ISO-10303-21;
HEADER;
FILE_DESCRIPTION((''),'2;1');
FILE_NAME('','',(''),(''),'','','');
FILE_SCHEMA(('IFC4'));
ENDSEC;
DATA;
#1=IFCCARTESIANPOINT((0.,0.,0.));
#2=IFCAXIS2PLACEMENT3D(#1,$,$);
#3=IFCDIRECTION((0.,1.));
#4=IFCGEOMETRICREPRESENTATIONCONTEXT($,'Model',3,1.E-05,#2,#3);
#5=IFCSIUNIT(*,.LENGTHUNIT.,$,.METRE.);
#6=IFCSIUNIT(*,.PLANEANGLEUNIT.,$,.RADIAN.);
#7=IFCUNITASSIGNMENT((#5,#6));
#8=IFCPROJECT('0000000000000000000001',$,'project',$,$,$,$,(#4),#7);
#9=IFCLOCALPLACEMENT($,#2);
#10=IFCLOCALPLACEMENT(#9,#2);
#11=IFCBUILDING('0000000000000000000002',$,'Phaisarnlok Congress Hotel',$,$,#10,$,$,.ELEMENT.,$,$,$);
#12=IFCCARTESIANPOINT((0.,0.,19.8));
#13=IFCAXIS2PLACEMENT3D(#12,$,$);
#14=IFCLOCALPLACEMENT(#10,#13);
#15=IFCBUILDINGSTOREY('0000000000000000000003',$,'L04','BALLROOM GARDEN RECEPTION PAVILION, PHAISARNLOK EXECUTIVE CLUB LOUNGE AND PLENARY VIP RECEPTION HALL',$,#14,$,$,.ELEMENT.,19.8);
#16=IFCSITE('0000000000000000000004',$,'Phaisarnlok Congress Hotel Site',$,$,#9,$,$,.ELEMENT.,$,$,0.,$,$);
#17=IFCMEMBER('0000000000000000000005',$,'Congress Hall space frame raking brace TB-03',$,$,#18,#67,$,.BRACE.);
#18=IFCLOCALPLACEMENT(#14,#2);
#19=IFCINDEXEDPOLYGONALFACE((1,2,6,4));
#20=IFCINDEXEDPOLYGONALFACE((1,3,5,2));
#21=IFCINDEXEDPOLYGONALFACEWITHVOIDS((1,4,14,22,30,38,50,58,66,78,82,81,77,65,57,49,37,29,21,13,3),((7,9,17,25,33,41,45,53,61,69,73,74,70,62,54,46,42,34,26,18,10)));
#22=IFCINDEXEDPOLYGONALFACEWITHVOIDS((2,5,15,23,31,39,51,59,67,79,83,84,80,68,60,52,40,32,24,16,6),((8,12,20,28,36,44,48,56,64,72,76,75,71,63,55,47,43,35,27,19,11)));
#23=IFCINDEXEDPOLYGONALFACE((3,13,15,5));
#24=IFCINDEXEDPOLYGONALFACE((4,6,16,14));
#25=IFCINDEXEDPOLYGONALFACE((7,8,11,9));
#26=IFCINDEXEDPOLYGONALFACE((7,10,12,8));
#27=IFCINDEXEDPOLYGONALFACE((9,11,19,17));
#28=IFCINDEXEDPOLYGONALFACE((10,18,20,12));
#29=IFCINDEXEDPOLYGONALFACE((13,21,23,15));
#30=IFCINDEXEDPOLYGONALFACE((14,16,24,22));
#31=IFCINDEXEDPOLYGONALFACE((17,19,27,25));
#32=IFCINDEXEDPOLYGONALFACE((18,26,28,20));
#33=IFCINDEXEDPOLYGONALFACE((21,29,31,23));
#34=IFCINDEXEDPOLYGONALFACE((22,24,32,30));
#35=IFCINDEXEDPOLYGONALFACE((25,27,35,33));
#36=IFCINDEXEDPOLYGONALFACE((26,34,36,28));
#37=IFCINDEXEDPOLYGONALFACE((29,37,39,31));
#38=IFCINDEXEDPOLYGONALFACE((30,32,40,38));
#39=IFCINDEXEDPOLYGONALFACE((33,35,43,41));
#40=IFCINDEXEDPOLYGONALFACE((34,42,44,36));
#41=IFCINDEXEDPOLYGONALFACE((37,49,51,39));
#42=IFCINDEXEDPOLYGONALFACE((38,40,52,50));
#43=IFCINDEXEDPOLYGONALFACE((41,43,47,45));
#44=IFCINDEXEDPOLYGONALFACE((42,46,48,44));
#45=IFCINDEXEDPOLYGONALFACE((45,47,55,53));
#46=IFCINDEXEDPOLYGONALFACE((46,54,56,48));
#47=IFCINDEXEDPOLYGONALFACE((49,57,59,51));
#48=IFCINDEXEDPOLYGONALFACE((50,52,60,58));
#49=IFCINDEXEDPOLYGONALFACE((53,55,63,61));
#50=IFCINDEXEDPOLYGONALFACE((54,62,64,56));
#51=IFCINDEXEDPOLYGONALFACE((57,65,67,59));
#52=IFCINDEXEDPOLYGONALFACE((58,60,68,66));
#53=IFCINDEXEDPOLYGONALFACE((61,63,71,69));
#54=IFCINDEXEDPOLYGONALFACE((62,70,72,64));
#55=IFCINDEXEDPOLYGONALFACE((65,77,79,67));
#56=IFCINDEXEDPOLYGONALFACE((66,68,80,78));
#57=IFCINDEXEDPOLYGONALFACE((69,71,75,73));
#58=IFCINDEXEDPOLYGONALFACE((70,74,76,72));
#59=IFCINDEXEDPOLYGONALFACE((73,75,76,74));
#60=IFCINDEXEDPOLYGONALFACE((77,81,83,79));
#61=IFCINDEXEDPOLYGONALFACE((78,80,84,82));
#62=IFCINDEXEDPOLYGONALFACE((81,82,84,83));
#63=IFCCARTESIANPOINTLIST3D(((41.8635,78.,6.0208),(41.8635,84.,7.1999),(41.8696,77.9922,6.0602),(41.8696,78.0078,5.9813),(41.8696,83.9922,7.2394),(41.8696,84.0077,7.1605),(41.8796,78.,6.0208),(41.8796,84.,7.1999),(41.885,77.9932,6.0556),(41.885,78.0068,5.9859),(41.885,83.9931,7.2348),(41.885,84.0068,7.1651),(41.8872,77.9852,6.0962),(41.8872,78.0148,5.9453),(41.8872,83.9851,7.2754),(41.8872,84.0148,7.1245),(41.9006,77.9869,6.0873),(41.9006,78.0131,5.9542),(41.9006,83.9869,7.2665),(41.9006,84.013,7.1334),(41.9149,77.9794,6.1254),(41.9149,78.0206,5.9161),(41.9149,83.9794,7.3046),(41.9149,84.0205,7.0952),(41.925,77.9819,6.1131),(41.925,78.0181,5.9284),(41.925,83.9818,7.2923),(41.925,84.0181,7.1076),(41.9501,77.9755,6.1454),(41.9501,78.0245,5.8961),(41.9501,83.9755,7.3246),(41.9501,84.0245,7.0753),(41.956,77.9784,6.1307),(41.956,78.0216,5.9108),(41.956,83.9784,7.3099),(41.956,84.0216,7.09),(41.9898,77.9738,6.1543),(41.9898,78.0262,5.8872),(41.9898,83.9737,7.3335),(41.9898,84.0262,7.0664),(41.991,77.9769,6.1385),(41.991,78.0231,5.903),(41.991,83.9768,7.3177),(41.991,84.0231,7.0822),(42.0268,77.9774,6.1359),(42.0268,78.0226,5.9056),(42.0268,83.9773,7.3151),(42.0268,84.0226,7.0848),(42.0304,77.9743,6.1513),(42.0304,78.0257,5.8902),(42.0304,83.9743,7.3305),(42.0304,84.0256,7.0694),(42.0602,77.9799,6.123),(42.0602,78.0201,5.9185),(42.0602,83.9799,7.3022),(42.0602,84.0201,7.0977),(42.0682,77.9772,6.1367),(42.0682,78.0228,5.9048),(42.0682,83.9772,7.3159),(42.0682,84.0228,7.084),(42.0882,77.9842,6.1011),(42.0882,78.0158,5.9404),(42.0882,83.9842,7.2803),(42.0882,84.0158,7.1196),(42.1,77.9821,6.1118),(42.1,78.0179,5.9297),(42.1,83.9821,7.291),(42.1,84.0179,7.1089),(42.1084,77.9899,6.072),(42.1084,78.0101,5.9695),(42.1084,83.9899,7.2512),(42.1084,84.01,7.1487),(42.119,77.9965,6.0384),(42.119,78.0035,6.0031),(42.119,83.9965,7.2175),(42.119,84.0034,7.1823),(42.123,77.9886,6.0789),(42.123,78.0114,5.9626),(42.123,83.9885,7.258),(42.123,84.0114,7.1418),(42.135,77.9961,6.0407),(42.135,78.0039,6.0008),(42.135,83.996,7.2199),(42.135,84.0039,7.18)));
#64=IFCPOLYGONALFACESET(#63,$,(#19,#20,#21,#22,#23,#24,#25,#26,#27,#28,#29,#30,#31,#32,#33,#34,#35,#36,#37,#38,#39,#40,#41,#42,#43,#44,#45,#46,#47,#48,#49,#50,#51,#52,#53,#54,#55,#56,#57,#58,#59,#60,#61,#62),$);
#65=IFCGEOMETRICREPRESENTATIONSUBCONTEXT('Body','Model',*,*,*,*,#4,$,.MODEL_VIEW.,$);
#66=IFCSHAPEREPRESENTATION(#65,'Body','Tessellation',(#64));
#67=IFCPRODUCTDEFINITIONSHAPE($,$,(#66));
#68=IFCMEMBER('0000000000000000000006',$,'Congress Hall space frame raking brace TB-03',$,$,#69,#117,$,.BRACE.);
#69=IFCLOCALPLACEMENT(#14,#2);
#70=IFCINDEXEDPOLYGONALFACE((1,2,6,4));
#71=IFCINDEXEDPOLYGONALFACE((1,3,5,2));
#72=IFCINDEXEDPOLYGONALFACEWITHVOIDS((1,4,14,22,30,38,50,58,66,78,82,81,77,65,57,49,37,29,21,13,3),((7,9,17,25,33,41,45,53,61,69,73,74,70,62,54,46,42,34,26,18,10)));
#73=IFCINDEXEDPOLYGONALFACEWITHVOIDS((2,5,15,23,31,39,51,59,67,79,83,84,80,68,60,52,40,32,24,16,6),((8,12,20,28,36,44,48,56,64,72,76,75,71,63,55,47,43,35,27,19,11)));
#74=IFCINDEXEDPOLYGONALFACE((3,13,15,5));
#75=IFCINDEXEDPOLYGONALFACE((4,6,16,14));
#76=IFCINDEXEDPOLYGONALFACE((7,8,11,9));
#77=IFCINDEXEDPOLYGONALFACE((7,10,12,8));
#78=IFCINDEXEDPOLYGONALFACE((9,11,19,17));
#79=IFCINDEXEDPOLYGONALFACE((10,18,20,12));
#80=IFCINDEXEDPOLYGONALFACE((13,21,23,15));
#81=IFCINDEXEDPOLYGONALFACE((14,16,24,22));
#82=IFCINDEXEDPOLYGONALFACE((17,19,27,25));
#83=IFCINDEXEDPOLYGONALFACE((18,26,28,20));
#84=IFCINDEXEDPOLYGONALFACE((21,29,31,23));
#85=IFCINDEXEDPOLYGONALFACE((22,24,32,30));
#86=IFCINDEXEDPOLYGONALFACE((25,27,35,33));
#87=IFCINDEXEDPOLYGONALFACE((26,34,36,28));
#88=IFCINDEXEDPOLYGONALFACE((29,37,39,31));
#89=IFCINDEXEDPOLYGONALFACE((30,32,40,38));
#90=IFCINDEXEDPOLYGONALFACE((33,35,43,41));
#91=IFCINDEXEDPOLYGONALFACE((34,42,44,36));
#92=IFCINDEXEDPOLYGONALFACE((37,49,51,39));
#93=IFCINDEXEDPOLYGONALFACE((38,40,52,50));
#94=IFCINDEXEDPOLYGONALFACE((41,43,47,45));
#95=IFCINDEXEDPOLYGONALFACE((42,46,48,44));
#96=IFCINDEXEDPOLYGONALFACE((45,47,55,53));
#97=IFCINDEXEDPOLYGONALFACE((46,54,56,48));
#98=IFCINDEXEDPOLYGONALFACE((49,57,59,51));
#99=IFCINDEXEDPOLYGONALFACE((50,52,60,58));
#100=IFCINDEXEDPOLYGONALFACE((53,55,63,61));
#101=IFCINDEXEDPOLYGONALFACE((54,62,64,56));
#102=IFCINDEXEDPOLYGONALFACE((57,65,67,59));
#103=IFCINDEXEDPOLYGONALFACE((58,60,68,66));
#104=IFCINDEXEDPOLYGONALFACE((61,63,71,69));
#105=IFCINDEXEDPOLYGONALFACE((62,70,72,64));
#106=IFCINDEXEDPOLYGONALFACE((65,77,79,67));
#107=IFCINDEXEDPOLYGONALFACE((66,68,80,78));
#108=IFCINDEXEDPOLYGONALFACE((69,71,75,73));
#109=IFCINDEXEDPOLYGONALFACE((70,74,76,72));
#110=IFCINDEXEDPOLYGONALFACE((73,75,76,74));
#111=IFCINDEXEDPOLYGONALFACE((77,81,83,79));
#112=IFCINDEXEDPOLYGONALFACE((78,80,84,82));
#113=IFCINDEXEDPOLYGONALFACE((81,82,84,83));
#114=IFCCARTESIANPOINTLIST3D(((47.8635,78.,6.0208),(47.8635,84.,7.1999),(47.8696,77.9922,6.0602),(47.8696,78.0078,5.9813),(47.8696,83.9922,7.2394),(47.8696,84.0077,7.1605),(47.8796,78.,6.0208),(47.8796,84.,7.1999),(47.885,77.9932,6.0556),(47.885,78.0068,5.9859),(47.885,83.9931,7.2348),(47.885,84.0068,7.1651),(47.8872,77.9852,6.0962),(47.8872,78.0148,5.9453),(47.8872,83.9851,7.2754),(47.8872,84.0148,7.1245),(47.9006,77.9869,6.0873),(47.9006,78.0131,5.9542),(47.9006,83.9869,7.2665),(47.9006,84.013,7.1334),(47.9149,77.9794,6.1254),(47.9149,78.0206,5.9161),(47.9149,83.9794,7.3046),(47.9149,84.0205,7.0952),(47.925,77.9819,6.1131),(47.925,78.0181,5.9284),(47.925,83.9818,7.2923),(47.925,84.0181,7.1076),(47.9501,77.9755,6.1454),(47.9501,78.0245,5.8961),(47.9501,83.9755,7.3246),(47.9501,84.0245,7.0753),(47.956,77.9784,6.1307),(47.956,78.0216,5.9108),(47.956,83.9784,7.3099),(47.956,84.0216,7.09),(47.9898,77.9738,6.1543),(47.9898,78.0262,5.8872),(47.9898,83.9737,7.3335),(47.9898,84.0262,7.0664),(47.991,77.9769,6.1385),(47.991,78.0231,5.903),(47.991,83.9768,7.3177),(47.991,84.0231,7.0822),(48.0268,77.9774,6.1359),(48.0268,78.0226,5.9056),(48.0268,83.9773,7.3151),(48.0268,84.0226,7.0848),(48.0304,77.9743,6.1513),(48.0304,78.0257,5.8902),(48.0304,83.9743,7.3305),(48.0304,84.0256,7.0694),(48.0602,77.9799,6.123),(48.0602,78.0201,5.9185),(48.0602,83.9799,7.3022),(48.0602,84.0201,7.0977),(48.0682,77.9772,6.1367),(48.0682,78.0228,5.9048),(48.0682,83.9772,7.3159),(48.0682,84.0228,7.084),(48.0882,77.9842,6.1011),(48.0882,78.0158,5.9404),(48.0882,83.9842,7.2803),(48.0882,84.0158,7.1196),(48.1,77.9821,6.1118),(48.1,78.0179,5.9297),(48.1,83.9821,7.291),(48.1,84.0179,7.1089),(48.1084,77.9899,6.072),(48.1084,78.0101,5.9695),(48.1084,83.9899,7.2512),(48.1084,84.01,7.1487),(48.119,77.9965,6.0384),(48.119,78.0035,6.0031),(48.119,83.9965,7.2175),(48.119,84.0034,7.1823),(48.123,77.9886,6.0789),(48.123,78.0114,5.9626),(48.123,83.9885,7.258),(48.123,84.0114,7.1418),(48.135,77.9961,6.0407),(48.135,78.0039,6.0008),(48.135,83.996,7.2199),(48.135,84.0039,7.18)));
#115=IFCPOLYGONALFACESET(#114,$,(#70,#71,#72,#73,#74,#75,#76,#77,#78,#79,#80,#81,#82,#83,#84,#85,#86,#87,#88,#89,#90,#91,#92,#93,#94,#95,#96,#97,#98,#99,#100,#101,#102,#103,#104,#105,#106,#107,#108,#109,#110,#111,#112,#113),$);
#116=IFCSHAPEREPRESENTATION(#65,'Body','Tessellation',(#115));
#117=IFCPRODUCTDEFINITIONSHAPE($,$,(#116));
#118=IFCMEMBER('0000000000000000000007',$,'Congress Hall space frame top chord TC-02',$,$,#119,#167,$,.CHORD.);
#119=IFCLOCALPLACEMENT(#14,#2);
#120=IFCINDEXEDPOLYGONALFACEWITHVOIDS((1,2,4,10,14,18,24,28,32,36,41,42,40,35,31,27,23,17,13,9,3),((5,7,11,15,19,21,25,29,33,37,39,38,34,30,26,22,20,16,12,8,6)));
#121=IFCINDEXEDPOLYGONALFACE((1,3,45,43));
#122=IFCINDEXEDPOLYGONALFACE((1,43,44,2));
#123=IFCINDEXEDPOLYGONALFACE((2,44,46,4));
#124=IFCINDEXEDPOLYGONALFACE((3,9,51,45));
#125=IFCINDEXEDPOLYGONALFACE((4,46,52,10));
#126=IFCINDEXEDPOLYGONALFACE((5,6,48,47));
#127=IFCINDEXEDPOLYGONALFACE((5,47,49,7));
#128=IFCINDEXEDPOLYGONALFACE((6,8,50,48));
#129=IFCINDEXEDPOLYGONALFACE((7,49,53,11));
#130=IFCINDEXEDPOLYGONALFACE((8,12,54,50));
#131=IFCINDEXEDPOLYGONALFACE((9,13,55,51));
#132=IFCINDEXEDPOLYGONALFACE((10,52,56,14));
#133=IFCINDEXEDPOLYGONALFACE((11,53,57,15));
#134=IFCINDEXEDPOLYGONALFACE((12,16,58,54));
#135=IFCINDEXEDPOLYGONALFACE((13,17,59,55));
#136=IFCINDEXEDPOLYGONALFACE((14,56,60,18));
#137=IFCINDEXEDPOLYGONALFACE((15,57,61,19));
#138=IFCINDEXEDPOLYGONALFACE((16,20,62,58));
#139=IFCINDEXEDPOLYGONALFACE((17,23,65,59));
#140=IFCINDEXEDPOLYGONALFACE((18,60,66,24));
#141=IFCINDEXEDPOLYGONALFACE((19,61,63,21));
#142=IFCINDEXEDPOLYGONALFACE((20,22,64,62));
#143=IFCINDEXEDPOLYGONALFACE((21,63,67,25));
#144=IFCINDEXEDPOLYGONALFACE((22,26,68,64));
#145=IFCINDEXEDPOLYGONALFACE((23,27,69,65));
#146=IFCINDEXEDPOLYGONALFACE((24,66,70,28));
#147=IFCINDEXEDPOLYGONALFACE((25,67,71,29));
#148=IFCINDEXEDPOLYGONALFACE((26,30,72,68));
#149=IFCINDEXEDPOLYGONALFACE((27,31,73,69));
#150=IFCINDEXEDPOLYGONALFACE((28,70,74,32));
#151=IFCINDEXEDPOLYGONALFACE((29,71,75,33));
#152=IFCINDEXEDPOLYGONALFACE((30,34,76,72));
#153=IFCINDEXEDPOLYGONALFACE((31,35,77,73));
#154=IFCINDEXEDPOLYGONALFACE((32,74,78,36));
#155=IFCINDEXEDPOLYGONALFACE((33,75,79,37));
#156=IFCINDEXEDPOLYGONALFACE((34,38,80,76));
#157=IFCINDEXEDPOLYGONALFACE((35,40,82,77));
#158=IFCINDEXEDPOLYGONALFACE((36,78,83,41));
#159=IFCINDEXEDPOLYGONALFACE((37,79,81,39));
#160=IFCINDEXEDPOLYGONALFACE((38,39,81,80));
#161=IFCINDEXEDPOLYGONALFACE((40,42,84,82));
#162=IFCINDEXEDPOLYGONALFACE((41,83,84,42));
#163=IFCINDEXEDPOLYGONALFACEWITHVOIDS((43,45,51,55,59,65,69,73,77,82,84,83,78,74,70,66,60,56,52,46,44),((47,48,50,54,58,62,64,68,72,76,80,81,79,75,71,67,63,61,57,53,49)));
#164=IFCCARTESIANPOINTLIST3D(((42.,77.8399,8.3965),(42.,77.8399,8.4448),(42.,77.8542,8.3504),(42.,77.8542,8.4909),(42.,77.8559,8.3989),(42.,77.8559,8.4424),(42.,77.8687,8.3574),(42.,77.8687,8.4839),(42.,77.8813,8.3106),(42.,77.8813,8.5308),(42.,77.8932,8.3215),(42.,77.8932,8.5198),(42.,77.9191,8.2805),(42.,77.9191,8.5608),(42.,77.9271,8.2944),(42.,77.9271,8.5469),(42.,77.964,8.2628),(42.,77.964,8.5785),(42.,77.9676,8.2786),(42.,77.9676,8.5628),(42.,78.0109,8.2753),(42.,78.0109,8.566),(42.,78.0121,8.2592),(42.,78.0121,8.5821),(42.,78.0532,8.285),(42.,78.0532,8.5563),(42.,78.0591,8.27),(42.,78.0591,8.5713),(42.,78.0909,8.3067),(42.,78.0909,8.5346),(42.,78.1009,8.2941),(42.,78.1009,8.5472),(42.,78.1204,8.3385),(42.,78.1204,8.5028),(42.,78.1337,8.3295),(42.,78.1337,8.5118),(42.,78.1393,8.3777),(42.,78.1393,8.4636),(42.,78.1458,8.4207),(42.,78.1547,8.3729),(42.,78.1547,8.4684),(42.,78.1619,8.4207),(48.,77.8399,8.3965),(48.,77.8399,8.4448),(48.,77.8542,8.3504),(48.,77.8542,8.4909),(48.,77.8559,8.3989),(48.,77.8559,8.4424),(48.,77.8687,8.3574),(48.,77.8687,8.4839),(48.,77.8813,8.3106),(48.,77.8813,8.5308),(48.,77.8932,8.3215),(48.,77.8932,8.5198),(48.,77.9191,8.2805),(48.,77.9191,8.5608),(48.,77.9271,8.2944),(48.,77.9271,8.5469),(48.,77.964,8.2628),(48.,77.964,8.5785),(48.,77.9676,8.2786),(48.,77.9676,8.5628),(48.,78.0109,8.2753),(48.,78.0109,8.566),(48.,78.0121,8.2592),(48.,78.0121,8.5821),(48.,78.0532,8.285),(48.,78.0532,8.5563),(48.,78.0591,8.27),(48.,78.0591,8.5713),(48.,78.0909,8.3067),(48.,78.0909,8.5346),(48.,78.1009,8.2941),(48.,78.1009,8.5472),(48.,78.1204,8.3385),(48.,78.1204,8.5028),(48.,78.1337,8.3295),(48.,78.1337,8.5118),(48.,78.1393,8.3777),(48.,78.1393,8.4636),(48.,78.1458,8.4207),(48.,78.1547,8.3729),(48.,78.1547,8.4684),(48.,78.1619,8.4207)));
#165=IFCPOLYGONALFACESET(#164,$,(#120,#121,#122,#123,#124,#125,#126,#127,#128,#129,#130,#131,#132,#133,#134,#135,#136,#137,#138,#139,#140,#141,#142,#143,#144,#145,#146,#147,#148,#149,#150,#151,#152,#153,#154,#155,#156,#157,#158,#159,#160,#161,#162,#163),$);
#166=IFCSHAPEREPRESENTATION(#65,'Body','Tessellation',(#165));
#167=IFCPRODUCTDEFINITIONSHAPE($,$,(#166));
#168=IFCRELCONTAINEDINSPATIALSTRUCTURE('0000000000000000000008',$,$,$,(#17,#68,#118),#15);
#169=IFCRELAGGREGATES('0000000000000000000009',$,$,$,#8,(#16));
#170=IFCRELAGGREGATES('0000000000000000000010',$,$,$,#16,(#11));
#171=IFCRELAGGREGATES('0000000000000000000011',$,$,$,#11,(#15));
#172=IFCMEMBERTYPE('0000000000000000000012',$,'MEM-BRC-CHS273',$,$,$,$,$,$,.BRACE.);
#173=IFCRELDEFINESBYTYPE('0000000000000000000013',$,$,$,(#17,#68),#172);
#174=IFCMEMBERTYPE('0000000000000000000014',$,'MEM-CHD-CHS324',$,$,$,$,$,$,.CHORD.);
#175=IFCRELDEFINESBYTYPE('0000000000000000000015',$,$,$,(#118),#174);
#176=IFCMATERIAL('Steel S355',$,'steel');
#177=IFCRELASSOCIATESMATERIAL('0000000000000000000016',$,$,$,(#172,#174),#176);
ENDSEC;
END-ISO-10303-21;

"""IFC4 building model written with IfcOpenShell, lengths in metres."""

from ifc_helpers import new_model, si_unit, direction, frame, origin, origin_2d, place, context, subcontext, project, spatial, hollow_circle, extrude, material, material_profile, profile_set, type_object, element, save


model = new_model("IFC4")

# Units and contexts
model_context = context("Model", 3, precision=1e-05, world=origin(), true_north=direction((0.0, 1.0)))
body_context = subcontext(model_context, "Body", "Model", "MODEL_VIEW")
ifc_project = project(units=[si_unit("LENGTHUNIT", "METRE"), si_unit("PLANEANGLEUNIT", "RADIAN")], contexts=[model_context])

# Site, building, storey
site_placement = place(None, origin())
site = spatial("IfcSite", under=ifc_project, at=site_placement, Name="Phaisarnlok Congress Hotel Site", CompositionType="ELEMENT", RefElevation=0.0)
building_placement = place(site_placement, origin())
building = spatial("IfcBuilding", under=site, at=building_placement, Name="Phaisarnlok Congress Hotel", CompositionType="ELEMENT")
storey_placement = place(building_placement, frame((0.0, 0.0, 19.8)))
storey = spatial("IfcBuildingStorey", under=building, at=storey_placement, Name="L04", Description="BALLROOM GARDEN RECEPTION PAVILION, PHAISARNLOK EXECUTIVE CLUB LOUNGE AND PLENARY VIP RECEPTION HALL", CompositionType="ELEMENT", Elevation=19.8)

# Members
ifc_material_1 = material(Name="Steel S355", Category="steel")
ifc_material_profile_1 = material_profile(ifc_material_1, hollow_circle(Radius=0.1365, WallThickness=0.0161, at=origin_2d()), Name="CHS 273x16")
ifc_profile_set_1 = profile_set([ifc_material_profile_1], Name="Steel S355")
member_type_1 = type_object("IfcMemberType", Name="MEM-BRC-CHS273", PredefinedType="BRACE", material=ifc_profile_set_1)
for number, where, z_axis, x_axis, name in (
    (1, (42.0, 78.0, 6.0208), (0.0, 0.981229, 0.192844), (-1.0, 0.0, 0.0), "Congress Hall space frame raking brace TB-03"),
    (2, (48.0, 78.0, 6.0208), (0.0, 0.981229, 0.192844), (-1.0, 0.0, 0.0), "Congress Hall space frame raking brace TB-03"),
):
    element("IfcMember", number, at=place(storey_placement, frame(where, z_axis=z_axis, x_axis=x_axis)), inside=storey, type_object=member_type_1, Name=name, PredefinedType="BRACE", context=body_context, shape_type="SweptSolid", body=[
        extrude(hollow_circle(Radius=0.1365, WallThickness=0.0161, at=origin_2d()), origin(), (0.0, 0.0, 1.0), 6.1147),
    ])
ifc_material_profile_2 = material_profile(ifc_material_1, hollow_circle(Radius=0.1619, WallThickness=0.0161, at=origin_2d()), Name="CHS 323.9x16")
ifc_profile_set_2 = profile_set([ifc_material_profile_2], Name="Steel S355")
member_type_2 = type_object("IfcMemberType", Name="MEM-CHD-CHS324", PredefinedType="CHORD", material=ifc_profile_set_2)
member_1_placement = place(storey_placement, frame((42.0, 78.0, 8.4207), z_axis=(1.0, 0.0, 0.0), x_axis=(0.0, 1.0, 0.0)))
element("IfcMember", 3, at=member_1_placement, inside=storey, type_object=member_type_2, Name="Congress Hall space frame top chord TC-02", PredefinedType="CHORD", context=body_context, shape_type="SweptSolid", body=[
    extrude(hollow_circle(Radius=0.1619, WallThickness=0.0161, at=origin_2d()), origin(), (0.0, 0.0, 1.0), 6.0),
])

save(model, "model.ifc")
